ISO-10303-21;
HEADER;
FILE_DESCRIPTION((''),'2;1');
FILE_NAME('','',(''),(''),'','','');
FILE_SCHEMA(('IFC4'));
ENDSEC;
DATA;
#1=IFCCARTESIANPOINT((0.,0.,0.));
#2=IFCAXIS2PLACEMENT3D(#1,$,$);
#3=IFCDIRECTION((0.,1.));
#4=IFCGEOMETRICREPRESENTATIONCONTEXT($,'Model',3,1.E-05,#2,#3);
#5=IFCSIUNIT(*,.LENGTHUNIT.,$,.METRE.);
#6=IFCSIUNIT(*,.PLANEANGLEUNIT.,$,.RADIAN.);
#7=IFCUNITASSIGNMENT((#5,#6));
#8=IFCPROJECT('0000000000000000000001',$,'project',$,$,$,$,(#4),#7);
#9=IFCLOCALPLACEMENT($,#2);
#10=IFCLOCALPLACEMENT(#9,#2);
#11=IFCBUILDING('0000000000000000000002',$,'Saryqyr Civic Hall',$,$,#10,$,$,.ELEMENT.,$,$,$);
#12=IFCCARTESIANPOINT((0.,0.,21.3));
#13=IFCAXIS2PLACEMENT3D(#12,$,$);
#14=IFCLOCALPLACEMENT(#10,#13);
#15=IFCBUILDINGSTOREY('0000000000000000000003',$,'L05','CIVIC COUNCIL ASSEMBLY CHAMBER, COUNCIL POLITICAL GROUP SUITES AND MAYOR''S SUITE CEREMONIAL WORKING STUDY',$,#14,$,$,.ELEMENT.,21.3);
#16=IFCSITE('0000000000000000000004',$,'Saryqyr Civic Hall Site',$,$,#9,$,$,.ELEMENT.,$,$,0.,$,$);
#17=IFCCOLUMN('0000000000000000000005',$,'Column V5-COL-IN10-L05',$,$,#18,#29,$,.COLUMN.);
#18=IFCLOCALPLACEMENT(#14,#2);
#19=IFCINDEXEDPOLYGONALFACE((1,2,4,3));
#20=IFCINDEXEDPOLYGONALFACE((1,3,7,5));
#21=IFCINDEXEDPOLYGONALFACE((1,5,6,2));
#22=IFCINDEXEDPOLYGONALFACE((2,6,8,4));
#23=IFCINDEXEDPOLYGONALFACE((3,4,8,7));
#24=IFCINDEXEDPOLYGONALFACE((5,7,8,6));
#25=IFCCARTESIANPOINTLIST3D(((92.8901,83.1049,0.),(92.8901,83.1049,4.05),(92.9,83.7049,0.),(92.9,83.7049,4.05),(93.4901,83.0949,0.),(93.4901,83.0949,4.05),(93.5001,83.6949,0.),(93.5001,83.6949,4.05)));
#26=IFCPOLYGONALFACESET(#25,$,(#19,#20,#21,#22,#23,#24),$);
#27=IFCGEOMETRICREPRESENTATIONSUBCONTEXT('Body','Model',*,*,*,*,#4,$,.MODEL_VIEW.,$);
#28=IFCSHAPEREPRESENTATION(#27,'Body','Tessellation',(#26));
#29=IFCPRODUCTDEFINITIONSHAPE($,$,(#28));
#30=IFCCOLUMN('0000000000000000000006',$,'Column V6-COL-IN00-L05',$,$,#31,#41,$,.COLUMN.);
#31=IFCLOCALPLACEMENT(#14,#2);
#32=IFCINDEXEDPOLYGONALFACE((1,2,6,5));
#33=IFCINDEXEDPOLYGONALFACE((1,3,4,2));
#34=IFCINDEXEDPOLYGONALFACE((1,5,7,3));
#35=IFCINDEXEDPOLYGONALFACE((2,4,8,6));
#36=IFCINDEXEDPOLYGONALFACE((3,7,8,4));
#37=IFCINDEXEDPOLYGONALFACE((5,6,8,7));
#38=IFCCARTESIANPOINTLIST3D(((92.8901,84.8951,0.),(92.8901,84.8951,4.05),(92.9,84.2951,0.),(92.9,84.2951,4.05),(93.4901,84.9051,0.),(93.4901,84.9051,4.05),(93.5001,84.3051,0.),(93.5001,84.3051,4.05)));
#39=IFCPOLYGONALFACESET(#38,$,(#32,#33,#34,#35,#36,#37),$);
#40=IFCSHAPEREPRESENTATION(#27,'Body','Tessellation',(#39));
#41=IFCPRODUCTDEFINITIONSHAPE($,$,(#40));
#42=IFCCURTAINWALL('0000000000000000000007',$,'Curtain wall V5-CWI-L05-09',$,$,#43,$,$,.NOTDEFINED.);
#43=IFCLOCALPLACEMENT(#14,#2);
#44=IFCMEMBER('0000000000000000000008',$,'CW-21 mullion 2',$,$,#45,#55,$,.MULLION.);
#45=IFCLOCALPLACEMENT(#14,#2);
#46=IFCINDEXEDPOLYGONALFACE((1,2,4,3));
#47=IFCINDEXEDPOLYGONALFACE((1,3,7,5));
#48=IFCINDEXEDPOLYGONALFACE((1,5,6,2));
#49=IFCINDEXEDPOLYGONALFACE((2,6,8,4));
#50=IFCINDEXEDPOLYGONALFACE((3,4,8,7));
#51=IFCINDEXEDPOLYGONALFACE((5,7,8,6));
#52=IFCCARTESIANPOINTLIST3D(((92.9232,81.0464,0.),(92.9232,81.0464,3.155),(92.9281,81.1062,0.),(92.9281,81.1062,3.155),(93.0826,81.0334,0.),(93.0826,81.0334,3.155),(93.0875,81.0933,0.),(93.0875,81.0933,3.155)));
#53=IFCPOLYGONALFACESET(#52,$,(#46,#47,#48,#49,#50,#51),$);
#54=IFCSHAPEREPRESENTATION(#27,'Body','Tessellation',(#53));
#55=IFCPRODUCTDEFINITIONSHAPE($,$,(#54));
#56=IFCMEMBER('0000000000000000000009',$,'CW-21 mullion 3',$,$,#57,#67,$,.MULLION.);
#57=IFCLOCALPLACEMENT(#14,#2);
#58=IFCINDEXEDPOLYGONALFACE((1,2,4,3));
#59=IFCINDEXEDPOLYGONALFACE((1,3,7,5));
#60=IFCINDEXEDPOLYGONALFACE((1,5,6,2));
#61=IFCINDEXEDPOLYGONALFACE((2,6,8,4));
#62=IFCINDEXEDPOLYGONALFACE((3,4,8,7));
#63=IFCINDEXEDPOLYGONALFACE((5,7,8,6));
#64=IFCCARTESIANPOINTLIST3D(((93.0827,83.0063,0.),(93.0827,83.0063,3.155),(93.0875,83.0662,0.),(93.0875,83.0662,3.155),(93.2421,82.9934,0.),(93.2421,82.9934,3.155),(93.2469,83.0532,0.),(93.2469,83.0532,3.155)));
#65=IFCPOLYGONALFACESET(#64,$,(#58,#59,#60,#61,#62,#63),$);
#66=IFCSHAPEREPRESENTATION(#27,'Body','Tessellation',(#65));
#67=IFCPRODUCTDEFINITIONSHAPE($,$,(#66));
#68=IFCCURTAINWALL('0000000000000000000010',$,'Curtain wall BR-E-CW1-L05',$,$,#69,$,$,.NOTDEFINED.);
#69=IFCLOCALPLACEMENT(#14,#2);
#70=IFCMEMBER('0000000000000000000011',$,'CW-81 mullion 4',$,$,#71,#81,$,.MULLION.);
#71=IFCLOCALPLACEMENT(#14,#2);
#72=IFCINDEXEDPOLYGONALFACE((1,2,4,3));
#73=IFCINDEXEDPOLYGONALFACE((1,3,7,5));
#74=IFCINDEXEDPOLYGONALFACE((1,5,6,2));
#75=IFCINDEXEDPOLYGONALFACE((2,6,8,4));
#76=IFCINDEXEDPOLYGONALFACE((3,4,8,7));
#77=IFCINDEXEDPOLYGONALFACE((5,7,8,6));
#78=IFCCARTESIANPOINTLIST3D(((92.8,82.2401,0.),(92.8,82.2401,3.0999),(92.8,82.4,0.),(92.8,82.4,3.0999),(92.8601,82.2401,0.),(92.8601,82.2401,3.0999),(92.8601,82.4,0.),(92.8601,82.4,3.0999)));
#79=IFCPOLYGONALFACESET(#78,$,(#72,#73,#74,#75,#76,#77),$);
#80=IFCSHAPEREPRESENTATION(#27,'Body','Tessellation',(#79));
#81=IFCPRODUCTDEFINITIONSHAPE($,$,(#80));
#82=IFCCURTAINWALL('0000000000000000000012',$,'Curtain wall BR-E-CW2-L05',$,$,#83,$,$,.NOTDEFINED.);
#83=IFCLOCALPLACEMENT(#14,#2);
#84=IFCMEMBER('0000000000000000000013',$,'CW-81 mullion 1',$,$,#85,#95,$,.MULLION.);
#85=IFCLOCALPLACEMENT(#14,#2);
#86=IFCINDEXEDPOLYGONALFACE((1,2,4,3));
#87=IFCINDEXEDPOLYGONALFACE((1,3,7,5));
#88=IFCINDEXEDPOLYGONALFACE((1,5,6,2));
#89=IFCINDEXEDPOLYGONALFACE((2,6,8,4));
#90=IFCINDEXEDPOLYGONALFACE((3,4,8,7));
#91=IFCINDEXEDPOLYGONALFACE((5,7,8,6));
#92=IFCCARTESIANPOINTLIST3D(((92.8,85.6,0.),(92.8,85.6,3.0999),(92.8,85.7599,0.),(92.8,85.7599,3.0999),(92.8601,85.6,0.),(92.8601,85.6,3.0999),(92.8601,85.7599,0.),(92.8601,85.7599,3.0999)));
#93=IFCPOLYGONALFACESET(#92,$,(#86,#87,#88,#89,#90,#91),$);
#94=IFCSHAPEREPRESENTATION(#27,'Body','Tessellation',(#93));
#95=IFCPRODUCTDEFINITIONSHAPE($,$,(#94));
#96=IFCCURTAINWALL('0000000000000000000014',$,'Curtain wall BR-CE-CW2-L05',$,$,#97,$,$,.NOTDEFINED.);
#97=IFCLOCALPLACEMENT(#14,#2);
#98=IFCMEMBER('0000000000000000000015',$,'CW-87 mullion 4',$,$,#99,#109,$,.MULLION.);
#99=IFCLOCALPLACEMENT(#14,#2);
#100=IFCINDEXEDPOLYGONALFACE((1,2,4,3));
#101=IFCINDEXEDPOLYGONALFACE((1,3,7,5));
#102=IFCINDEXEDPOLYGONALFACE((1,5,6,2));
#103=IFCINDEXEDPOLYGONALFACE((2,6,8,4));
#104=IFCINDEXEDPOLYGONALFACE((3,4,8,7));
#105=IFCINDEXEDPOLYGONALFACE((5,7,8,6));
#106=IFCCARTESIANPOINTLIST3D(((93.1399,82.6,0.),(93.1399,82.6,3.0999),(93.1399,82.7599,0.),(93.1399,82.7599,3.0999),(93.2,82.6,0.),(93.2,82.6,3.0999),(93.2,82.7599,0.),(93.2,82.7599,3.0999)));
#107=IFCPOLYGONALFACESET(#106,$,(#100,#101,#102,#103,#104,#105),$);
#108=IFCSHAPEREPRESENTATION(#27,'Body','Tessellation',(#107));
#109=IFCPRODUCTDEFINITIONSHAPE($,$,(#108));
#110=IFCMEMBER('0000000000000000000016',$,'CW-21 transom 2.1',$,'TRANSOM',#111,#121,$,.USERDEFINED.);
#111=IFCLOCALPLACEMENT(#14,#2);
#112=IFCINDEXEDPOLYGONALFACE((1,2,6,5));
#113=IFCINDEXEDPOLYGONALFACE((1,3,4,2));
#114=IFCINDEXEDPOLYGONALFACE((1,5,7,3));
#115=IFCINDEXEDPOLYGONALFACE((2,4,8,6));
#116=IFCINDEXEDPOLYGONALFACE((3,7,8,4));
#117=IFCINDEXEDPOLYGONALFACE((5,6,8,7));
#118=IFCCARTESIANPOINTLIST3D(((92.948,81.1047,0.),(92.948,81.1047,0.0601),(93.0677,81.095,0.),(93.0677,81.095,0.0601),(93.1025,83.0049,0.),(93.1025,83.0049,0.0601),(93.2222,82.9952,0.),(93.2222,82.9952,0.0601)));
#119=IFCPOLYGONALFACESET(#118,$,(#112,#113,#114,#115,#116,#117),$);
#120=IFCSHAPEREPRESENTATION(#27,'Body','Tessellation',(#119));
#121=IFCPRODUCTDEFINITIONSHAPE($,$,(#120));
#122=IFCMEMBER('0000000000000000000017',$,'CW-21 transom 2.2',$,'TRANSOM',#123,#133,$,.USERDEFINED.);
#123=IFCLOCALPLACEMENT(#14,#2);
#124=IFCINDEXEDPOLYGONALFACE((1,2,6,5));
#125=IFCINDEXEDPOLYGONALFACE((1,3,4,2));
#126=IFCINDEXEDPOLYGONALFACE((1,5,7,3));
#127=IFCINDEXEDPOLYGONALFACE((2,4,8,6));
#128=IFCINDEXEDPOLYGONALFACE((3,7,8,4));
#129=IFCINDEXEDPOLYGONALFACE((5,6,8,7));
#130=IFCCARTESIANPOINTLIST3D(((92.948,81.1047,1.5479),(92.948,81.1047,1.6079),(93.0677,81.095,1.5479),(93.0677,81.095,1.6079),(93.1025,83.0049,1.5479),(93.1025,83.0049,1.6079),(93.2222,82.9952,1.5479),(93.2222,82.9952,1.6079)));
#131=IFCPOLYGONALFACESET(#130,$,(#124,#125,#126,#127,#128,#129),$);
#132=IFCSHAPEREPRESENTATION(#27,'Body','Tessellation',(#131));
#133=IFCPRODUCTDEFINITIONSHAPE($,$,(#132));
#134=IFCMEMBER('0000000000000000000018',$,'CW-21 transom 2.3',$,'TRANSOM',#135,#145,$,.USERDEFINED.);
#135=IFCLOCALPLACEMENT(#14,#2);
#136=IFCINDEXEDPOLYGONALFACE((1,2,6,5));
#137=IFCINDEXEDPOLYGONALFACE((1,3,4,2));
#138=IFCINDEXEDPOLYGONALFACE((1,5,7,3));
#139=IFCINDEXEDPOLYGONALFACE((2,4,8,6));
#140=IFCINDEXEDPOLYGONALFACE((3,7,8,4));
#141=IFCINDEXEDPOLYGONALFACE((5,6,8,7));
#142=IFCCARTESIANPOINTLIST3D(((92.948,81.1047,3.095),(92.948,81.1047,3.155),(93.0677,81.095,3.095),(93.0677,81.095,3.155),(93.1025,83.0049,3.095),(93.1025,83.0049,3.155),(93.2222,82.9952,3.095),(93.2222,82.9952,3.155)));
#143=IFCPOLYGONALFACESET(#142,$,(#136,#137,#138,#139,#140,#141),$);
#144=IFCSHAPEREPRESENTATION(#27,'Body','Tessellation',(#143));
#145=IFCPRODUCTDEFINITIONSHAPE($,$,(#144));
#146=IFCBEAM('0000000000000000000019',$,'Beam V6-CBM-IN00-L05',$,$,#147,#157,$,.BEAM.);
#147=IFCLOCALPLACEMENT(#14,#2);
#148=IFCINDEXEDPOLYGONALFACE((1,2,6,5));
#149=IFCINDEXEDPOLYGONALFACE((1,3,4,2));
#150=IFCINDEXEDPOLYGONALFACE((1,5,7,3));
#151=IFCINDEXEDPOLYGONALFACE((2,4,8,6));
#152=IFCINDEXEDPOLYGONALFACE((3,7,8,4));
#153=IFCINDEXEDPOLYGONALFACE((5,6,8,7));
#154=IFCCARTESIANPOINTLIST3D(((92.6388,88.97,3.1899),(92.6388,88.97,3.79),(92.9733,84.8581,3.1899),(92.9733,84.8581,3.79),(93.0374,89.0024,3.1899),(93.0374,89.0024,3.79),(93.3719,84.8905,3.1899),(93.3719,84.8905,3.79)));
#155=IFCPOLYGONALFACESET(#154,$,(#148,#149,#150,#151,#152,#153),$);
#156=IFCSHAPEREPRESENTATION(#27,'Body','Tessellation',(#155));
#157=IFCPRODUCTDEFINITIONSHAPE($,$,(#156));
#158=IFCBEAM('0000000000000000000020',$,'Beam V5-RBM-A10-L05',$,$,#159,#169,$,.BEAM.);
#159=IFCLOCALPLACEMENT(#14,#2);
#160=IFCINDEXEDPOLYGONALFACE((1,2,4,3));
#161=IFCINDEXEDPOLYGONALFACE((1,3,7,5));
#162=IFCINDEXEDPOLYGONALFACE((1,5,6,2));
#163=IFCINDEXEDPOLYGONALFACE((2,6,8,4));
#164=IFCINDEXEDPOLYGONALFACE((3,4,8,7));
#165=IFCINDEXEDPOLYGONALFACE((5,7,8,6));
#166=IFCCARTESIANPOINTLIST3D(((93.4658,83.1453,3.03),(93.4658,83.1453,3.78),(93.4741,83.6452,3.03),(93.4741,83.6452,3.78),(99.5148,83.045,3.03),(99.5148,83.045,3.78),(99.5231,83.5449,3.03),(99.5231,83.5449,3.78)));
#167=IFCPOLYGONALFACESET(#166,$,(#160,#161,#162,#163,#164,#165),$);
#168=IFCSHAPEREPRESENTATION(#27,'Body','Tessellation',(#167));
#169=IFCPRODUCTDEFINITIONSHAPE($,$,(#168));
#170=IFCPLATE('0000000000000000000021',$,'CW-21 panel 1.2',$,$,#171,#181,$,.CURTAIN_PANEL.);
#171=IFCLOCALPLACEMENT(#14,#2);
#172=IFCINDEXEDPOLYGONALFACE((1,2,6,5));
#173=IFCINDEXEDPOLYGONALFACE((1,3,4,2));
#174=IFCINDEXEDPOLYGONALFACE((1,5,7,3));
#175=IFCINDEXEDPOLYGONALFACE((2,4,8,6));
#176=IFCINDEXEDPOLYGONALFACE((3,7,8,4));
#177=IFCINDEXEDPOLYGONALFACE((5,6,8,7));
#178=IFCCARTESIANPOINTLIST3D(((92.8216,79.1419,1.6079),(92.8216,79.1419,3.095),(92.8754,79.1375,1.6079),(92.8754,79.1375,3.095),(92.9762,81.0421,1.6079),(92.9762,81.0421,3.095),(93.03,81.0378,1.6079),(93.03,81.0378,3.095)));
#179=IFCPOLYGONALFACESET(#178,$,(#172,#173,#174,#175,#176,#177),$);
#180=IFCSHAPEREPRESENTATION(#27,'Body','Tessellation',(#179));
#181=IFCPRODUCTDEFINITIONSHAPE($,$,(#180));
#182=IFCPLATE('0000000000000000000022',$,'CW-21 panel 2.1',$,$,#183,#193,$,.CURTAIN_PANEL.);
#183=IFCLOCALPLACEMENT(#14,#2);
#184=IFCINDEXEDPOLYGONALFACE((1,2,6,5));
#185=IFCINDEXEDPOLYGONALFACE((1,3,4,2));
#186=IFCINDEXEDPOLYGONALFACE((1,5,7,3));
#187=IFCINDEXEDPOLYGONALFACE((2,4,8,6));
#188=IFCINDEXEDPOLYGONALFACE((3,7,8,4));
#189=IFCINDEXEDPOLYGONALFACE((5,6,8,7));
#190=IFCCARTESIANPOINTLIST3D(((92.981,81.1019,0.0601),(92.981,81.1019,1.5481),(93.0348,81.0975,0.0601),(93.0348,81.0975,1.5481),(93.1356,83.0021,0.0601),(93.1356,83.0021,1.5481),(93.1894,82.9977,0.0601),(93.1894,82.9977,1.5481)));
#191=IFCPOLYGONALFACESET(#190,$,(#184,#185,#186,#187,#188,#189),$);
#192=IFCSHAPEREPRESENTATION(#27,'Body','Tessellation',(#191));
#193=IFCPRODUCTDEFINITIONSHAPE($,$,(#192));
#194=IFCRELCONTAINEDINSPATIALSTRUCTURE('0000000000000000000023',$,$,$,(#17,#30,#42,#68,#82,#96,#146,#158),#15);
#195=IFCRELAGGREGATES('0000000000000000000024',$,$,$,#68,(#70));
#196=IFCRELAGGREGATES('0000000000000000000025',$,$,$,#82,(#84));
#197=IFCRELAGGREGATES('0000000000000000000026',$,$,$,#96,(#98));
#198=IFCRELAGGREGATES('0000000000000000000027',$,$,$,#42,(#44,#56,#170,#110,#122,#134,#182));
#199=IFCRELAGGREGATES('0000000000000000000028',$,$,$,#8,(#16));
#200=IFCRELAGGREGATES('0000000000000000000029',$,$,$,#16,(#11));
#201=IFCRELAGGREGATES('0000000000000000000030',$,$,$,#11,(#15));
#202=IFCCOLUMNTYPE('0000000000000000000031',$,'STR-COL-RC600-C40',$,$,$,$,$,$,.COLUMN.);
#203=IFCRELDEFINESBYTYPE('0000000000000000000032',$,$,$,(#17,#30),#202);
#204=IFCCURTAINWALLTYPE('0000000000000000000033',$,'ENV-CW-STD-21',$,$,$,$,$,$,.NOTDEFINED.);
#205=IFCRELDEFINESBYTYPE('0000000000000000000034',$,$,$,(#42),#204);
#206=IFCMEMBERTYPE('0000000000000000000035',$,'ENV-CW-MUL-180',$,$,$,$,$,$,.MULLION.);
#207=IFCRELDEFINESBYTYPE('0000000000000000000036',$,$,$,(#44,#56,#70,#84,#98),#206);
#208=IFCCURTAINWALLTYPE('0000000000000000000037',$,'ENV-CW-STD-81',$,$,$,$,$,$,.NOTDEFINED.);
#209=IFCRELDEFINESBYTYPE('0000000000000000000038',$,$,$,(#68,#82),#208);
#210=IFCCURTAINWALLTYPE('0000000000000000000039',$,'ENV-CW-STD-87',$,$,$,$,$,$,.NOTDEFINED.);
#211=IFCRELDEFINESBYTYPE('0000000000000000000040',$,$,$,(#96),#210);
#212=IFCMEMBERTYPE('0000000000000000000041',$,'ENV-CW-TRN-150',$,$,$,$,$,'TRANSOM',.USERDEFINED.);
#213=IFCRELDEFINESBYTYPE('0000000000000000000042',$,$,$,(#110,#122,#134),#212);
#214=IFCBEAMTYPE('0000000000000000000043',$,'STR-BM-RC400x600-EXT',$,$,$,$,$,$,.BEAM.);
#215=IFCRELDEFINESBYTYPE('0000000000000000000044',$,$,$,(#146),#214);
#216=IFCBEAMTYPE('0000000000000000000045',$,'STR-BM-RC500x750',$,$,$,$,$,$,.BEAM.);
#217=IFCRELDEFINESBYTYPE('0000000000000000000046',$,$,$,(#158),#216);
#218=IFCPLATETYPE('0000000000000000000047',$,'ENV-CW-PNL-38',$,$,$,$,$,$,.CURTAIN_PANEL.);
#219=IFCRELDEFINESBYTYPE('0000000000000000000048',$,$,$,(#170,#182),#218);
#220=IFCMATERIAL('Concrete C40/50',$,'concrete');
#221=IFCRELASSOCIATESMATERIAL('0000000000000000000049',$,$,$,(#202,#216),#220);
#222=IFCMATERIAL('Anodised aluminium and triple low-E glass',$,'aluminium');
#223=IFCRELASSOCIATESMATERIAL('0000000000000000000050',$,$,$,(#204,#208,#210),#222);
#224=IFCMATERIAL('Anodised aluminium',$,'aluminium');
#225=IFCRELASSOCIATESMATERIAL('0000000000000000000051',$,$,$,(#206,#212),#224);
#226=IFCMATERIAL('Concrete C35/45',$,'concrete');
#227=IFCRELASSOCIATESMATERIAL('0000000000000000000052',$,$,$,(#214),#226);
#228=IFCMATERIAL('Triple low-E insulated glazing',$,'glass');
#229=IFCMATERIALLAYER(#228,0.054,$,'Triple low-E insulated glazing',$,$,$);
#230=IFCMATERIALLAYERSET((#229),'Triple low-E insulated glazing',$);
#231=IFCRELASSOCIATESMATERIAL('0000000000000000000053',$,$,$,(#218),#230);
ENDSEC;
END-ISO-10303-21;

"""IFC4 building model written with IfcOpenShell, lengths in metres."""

from ifc_helpers import new_model, si_unit, direction, frame, origin, origin_2d, place, context, subcontext, project, spatial, rectangle, extrude, material, layer, layer_set, material_profile, profile_set, type_object, element, aggregate, save


model = new_model("IFC4")

# Units and contexts
model_context = context("Model", 3, precision=1e-05, world=origin(), true_north=direction((0.0, 1.0)))
body_context = subcontext(model_context, "Body", "Model", "MODEL_VIEW")
ifc_project = project(units=[si_unit("LENGTHUNIT", "METRE"), si_unit("PLANEANGLEUNIT", "RADIAN")], contexts=[model_context])

# Site, building, storey
site_placement = place(None, origin())
site = spatial("IfcSite", under=ifc_project, at=site_placement, Name="Saryqyr Civic Hall Site", CompositionType="ELEMENT", RefElevation=0.0)
building_placement = place(site_placement, origin())
building = spatial("IfcBuilding", under=site, at=building_placement, Name="Saryqyr Civic Hall", CompositionType="ELEMENT")
storey_placement = place(building_placement, frame((0.0, 0.0, 21.3)))
storey = spatial("IfcBuildingStorey", under=building, at=storey_placement, Name="L05", Description="CIVIC COUNCIL ASSEMBLY CHAMBER, COUNCIL POLITICAL GROUP SUITES AND MAYOR'S SUITE CEREMONIAL WORKING STUDY", CompositionType="ELEMENT", Elevation=21.3)

# Columns
ifc_material_1 = material(Name="Concrete C40/50", Category="concrete")
ifc_material_profile_1 = material_profile(ifc_material_1, rectangle(XDim=0.6001, YDim=0.6001, at=origin_2d()), Name="RC 600x600")
ifc_profile_set_1 = profile_set([ifc_material_profile_1], Name="Concrete C40/50")
column_type = type_object("IfcColumnType", Name="STR-COL-RC600-C40", PredefinedType="COLUMN", material=ifc_profile_set_1)
for number, where, z_axis, x_axis, name in (
    (1, (93.1951, 83.3999, 0.0), (0.0, 0.0, 1.0), (0.999863, -0.01658, 0.0), "Column V5-COL-IN10-L05"),
    (2, (93.1951, 84.6001, 0.0), (0.0, 0.0, 1.0), (0.999863, 0.01658, 0.0), "Column V6-COL-IN00-L05"),
):
    element("IfcColumn", number, at=place(storey_placement, frame(where, z_axis=z_axis, x_axis=x_axis)), inside=storey, type_object=column_type, Name=name, PredefinedType="COLUMN", context=body_context, shape_type="SweptSolid", body=[
        extrude(rectangle(XDim=0.6001, YDim=0.6001, at=origin_2d()), origin(), (0.0, 0.0, 1.0), 4.05),
    ])

# Curtain wall, members
ifc_material_2 = material(Name="Anodised aluminium and triple low-E glass", Category="aluminium")
curtain_wall_type_1 = type_object("IfcCurtainWallType", Name="ENV-CW-STD-21", PredefinedType="NOTDEFINED", material=ifc_material_2)
curtain_wall_1_placement = place(storey_placement, origin())
curtain_wall_1 = element("IfcCurtainWall", 3, at=curtain_wall_1_placement, inside=storey, type_object=curtain_wall_type_1, Name="Curtain wall V5-CWI-L05-09", PredefinedType="NOTDEFINED")
ifc_material_3 = material(Name="Anodised aluminium", Category="aluminium")
ifc_material_profile_2 = material_profile(ifc_material_3, rectangle(XDim=0.0601, YDim=0.1599, at=origin_2d()), Name="ALU MULLION 60x160")
ifc_profile_set_2 = profile_set([ifc_material_profile_2], Name="Anodised aluminium")
member_type_1 = type_object("IfcMemberType", Name="ENV-CW-MUL-180", PredefinedType="MULLION", material=ifc_profile_set_2)
member_1_placement = place(storey_placement, frame((93.0054, 81.0698, 0.0), z_axis=(0.0, 0.0, 1.0), x_axis=(0.081091, 0.996707, 0.0)))
member_1 = element("IfcMember", 4, at=member_1_placement, type_object=member_type_1, Name="CW-21 mullion 2", PredefinedType="MULLION", context=body_context, shape_type="SweptSolid", body=[
    extrude(rectangle(XDim=0.0601, YDim=0.1599, at=origin_2d()), origin(), (0.0, 0.0, 1.0), 3.155),
])
member_2_placement = place(storey_placement, frame((93.1648, 83.0298, 0.0), z_axis=(0.0, 0.0, 1.0), x_axis=(0.081091, 0.996707, 0.0)))
member_2 = element("IfcMember", 5, at=member_2_placement, type_object=member_type_1, Name="CW-21 mullion 3", PredefinedType="MULLION", context=body_context, shape_type="SweptSolid", body=[
    extrude(rectangle(XDim=0.0601, YDim=0.1599, at=origin_2d()), origin(), (0.0, 0.0, 1.0), 3.155),
])

# Curtain walls, members
curtain_wall_type_2 = type_object("IfcCurtainWallType", Name="ENV-CW-STD-81", PredefinedType="NOTDEFINED", material=ifc_material_2)
curtain_wall_2_placement = place(storey_placement, origin())
curtain_wall_2 = element("IfcCurtainWall", 6, at=curtain_wall_2_placement, inside=storey, type_object=curtain_wall_type_2, Name="Curtain wall BR-E-CW1-L05", PredefinedType="NOTDEFINED")
member_3_placement = place(storey_placement, frame((92.8301, 82.3201, 0.0), z_axis=(0.0, 0.0, 1.0), x_axis=(-1.0, 0.0, 0.0)))
member_3 = element("IfcMember", 7, at=member_3_placement, type_object=member_type_1, Name="CW-81 mullion 4", PredefinedType="MULLION", context=body_context, shape_type="SweptSolid", body=[
    extrude(rectangle(XDim=0.0601, YDim=0.1599, at=origin_2d()), origin(), (0.0, 0.0, 1.0), 3.0999),
])
aggregate(curtain_wall_2, [member_3])
curtain_wall_3_placement = place(storey_placement, origin())
curtain_wall_3 = element("IfcCurtainWall", 8, at=curtain_wall_3_placement, inside=storey, type_object=curtain_wall_type_2, Name="Curtain wall BR-E-CW2-L05", PredefinedType="NOTDEFINED")
member_4_placement = place(storey_placement, frame((92.8301, 85.6799, 0.0), z_axis=(0.0, 0.0, 1.0), x_axis=(1.0, 0.0, 0.0)))
member_4 = element("IfcMember", 9, at=member_4_placement, type_object=member_type_1, Name="CW-81 mullion 1", PredefinedType="MULLION", context=body_context, shape_type="SweptSolid", body=[
    extrude(rectangle(XDim=0.0601, YDim=0.1599, at=origin_2d()), origin(), (0.0, 0.0, 1.0), 3.0999),
])
aggregate(curtain_wall_3, [member_4])
curtain_wall_type_3 = type_object("IfcCurtainWallType", Name="ENV-CW-STD-87", PredefinedType="NOTDEFINED", material=ifc_material_2)
curtain_wall_4_placement = place(storey_placement, origin())
curtain_wall_4 = element("IfcCurtainWall", 10, at=curtain_wall_4_placement, inside=storey, type_object=curtain_wall_type_3, Name="Curtain wall BR-CE-CW2-L05", PredefinedType="NOTDEFINED")
member_5_placement = place(storey_placement, frame((93.1699, 82.6799, 0.0), z_axis=(0.0, 0.0, 1.0), x_axis=(1.0, 0.0, 0.0)))
member_5 = element("IfcMember", 11, at=member_5_placement, type_object=member_type_1, Name="CW-87 mullion 4", PredefinedType="MULLION", context=body_context, shape_type="SweptSolid", body=[
    extrude(rectangle(XDim=0.0601, YDim=0.1599, at=origin_2d()), origin(), (0.0, 0.0, 1.0), 3.0999),
])
aggregate(curtain_wall_4, [member_5])

# Members
ifc_material_profile_3 = material_profile(ifc_material_3, rectangle(XDim=0.1201, YDim=0.0601, at=origin_2d()), Name="ALU TRANSOM 120x60")
ifc_profile_set_3 = profile_set([ifc_material_profile_3], Name="Anodised aluminium")
member_type_2 = type_object("IfcMemberType", Name="ENV-CW-TRN-150", ElementType="TRANSOM", PredefinedType="USERDEFINED", material=ifc_profile_set_3)
member_6_placement = place(storey_placement, frame((93.0078, 81.0999, 0.03), z_axis=(0.081063, 0.996709, 0.0), x_axis=(-0.996709, 0.081063, 0.0)))
member_6 = element("IfcMember", 12, at=member_6_placement, type_object=member_type_2, Name="CW-21 transom 2.1", ObjectType="TRANSOM", PredefinedType="USERDEFINED", context=body_context, shape_type="SweptSolid", body=[
    extrude(rectangle(XDim=0.1201, YDim=0.0601, at=origin_2d()), origin(), (0.0, 0.0, 1.0), 1.9065),
])
member_7_placement = place(storey_placement, frame((93.0078, 81.0999, 1.5779), z_axis=(0.081063, 0.996709, 0.0), x_axis=(-0.996709, 0.081063, 0.0)))
member_7 = element("IfcMember", 13, at=member_7_placement, type_object=member_type_2, Name="CW-21 transom 2.2", ObjectType="TRANSOM", PredefinedType="USERDEFINED", context=body_context, shape_type="SweptSolid", body=[
    extrude(rectangle(XDim=0.1201, YDim=0.0601, at=origin_2d()), origin(), (0.0, 0.0, 1.0), 1.9065),
])
member_8_placement = place(storey_placement, frame((93.0078, 81.0999, 3.125), z_axis=(0.081063, 0.996709, 0.0), x_axis=(-0.996709, 0.081063, 0.0)))
member_8 = element("IfcMember", 14, at=member_8_placement, type_object=member_type_2, Name="CW-21 transom 2.3", ObjectType="TRANSOM", PredefinedType="USERDEFINED", context=body_context, shape_type="SweptSolid", body=[
    extrude(rectangle(XDim=0.1201, YDim=0.0601, at=origin_2d()), origin(), (0.0, 0.0, 1.0), 1.9065),
])

# Beams
ifc_material_4 = material(Name="Concrete C35/45", Category="concrete")
ifc_material_profile_4 = material_profile(ifc_material_4, rectangle(XDim=0.3999, YDim=0.6001, at=origin_2d()), Name="RC 400x600")
ifc_profile_set_4 = profile_set([ifc_material_profile_4], Name="Concrete C35/45")
beam_type_1 = type_object("IfcBeamType", Name="STR-BM-RC400x600-EXT", PredefinedType="BEAM", material=ifc_profile_set_4)
beam_1_placement = place(storey_placement, frame((93.1726, 84.8743, 3.49), z_axis=(-0.081076, 0.996708, 0.0), x_axis=(-0.996708, -0.081076, 0.0)))
element("IfcBeam", 15, at=beam_1_placement, inside=storey, type_object=beam_type_1, Name="Beam V6-CBM-IN00-L05", PredefinedType="BEAM", context=body_context, shape_type="SweptSolid", body=[
    extrude(rectangle(XDim=0.3999, YDim=0.6001, at=origin_2d()), origin(), (0.0, 0.0, 1.0), 4.1255),
])
ifc_material_profile_5 = material_profile(ifc_material_1, rectangle(XDim=0.5, YDim=0.75, at=origin_2d()), Name="RC 500x750")
ifc_profile_set_5 = profile_set([ifc_material_profile_5], Name="Concrete C40/50")
beam_type_2 = type_object("IfcBeamType", Name="STR-BM-RC500x750", PredefinedType="BEAM", material=ifc_profile_set_5)
beam_2_placement = place(storey_placement, frame((93.47, 83.3953, 3.405), z_axis=(0.999862, -0.016586, 0.0), x_axis=(0.016586, 0.999862, 0.0)))
element("IfcBeam", 16, at=beam_2_placement, inside=storey, type_object=beam_type_2, Name="Beam V5-RBM-A10-L05", PredefinedType="BEAM", context=body_context, shape_type="SweptSolid", body=[
    extrude(rectangle(XDim=0.5, YDim=0.75, at=origin_2d()), origin(), (0.0, 0.0, 1.0), 6.0498),
])

# Plates
ifc_material_5 = material(Name="Triple low-E insulated glazing", Category="glass")
ifc_layer_1 = layer(ifc_material_5, 0.054, Name="Triple low-E insulated glazing")
ifc_layer_set_1 = layer_set([ifc_layer_1], Name="Triple low-E insulated glazing")
plate_type = type_object("IfcPlateType", Name="ENV-CW-PNL-38", PredefinedType="CURTAIN_PANEL", material=ifc_layer_set_1)
plate_1_placement = place(storey_placement, frame((92.9258, 80.0898, 1.6079), z_axis=(0.0, 0.0, 1.0), x_axis=(0.081091, 0.996707, 0.0)))
plate_1 = element("IfcPlate", 17, at=plate_1_placement, type_object=plate_type, Name="CW-21 panel 1.2", PredefinedType="CURTAIN_PANEL", context=body_context, shape_type="SweptSolid", body=[
    extrude(rectangle(XDim=1.9065, YDim=0.054, at=origin_2d()), origin(), (0.0, 0.0, 1.0), 1.4871),
])
plate_2_placement = place(storey_placement, frame((93.0852, 82.0498, 0.0601), z_axis=(0.0, 0.0, 1.0), x_axis=(0.081091, 0.996707, 0.0)))
plate_2 = element("IfcPlate", 18, at=plate_2_placement, type_object=plate_type, Name="CW-21 panel 2.1", PredefinedType="CURTAIN_PANEL", context=body_context, shape_type="SweptSolid", body=[
    extrude(rectangle(XDim=1.9065, YDim=0.054, at=origin_2d()), origin(), (0.0, 0.0, 1.0), 1.488),
])
aggregate(curtain_wall_1, [member_1, member_2, plate_1, member_6, member_7, member_8, plate_2])

save(model, "model.ifc")
